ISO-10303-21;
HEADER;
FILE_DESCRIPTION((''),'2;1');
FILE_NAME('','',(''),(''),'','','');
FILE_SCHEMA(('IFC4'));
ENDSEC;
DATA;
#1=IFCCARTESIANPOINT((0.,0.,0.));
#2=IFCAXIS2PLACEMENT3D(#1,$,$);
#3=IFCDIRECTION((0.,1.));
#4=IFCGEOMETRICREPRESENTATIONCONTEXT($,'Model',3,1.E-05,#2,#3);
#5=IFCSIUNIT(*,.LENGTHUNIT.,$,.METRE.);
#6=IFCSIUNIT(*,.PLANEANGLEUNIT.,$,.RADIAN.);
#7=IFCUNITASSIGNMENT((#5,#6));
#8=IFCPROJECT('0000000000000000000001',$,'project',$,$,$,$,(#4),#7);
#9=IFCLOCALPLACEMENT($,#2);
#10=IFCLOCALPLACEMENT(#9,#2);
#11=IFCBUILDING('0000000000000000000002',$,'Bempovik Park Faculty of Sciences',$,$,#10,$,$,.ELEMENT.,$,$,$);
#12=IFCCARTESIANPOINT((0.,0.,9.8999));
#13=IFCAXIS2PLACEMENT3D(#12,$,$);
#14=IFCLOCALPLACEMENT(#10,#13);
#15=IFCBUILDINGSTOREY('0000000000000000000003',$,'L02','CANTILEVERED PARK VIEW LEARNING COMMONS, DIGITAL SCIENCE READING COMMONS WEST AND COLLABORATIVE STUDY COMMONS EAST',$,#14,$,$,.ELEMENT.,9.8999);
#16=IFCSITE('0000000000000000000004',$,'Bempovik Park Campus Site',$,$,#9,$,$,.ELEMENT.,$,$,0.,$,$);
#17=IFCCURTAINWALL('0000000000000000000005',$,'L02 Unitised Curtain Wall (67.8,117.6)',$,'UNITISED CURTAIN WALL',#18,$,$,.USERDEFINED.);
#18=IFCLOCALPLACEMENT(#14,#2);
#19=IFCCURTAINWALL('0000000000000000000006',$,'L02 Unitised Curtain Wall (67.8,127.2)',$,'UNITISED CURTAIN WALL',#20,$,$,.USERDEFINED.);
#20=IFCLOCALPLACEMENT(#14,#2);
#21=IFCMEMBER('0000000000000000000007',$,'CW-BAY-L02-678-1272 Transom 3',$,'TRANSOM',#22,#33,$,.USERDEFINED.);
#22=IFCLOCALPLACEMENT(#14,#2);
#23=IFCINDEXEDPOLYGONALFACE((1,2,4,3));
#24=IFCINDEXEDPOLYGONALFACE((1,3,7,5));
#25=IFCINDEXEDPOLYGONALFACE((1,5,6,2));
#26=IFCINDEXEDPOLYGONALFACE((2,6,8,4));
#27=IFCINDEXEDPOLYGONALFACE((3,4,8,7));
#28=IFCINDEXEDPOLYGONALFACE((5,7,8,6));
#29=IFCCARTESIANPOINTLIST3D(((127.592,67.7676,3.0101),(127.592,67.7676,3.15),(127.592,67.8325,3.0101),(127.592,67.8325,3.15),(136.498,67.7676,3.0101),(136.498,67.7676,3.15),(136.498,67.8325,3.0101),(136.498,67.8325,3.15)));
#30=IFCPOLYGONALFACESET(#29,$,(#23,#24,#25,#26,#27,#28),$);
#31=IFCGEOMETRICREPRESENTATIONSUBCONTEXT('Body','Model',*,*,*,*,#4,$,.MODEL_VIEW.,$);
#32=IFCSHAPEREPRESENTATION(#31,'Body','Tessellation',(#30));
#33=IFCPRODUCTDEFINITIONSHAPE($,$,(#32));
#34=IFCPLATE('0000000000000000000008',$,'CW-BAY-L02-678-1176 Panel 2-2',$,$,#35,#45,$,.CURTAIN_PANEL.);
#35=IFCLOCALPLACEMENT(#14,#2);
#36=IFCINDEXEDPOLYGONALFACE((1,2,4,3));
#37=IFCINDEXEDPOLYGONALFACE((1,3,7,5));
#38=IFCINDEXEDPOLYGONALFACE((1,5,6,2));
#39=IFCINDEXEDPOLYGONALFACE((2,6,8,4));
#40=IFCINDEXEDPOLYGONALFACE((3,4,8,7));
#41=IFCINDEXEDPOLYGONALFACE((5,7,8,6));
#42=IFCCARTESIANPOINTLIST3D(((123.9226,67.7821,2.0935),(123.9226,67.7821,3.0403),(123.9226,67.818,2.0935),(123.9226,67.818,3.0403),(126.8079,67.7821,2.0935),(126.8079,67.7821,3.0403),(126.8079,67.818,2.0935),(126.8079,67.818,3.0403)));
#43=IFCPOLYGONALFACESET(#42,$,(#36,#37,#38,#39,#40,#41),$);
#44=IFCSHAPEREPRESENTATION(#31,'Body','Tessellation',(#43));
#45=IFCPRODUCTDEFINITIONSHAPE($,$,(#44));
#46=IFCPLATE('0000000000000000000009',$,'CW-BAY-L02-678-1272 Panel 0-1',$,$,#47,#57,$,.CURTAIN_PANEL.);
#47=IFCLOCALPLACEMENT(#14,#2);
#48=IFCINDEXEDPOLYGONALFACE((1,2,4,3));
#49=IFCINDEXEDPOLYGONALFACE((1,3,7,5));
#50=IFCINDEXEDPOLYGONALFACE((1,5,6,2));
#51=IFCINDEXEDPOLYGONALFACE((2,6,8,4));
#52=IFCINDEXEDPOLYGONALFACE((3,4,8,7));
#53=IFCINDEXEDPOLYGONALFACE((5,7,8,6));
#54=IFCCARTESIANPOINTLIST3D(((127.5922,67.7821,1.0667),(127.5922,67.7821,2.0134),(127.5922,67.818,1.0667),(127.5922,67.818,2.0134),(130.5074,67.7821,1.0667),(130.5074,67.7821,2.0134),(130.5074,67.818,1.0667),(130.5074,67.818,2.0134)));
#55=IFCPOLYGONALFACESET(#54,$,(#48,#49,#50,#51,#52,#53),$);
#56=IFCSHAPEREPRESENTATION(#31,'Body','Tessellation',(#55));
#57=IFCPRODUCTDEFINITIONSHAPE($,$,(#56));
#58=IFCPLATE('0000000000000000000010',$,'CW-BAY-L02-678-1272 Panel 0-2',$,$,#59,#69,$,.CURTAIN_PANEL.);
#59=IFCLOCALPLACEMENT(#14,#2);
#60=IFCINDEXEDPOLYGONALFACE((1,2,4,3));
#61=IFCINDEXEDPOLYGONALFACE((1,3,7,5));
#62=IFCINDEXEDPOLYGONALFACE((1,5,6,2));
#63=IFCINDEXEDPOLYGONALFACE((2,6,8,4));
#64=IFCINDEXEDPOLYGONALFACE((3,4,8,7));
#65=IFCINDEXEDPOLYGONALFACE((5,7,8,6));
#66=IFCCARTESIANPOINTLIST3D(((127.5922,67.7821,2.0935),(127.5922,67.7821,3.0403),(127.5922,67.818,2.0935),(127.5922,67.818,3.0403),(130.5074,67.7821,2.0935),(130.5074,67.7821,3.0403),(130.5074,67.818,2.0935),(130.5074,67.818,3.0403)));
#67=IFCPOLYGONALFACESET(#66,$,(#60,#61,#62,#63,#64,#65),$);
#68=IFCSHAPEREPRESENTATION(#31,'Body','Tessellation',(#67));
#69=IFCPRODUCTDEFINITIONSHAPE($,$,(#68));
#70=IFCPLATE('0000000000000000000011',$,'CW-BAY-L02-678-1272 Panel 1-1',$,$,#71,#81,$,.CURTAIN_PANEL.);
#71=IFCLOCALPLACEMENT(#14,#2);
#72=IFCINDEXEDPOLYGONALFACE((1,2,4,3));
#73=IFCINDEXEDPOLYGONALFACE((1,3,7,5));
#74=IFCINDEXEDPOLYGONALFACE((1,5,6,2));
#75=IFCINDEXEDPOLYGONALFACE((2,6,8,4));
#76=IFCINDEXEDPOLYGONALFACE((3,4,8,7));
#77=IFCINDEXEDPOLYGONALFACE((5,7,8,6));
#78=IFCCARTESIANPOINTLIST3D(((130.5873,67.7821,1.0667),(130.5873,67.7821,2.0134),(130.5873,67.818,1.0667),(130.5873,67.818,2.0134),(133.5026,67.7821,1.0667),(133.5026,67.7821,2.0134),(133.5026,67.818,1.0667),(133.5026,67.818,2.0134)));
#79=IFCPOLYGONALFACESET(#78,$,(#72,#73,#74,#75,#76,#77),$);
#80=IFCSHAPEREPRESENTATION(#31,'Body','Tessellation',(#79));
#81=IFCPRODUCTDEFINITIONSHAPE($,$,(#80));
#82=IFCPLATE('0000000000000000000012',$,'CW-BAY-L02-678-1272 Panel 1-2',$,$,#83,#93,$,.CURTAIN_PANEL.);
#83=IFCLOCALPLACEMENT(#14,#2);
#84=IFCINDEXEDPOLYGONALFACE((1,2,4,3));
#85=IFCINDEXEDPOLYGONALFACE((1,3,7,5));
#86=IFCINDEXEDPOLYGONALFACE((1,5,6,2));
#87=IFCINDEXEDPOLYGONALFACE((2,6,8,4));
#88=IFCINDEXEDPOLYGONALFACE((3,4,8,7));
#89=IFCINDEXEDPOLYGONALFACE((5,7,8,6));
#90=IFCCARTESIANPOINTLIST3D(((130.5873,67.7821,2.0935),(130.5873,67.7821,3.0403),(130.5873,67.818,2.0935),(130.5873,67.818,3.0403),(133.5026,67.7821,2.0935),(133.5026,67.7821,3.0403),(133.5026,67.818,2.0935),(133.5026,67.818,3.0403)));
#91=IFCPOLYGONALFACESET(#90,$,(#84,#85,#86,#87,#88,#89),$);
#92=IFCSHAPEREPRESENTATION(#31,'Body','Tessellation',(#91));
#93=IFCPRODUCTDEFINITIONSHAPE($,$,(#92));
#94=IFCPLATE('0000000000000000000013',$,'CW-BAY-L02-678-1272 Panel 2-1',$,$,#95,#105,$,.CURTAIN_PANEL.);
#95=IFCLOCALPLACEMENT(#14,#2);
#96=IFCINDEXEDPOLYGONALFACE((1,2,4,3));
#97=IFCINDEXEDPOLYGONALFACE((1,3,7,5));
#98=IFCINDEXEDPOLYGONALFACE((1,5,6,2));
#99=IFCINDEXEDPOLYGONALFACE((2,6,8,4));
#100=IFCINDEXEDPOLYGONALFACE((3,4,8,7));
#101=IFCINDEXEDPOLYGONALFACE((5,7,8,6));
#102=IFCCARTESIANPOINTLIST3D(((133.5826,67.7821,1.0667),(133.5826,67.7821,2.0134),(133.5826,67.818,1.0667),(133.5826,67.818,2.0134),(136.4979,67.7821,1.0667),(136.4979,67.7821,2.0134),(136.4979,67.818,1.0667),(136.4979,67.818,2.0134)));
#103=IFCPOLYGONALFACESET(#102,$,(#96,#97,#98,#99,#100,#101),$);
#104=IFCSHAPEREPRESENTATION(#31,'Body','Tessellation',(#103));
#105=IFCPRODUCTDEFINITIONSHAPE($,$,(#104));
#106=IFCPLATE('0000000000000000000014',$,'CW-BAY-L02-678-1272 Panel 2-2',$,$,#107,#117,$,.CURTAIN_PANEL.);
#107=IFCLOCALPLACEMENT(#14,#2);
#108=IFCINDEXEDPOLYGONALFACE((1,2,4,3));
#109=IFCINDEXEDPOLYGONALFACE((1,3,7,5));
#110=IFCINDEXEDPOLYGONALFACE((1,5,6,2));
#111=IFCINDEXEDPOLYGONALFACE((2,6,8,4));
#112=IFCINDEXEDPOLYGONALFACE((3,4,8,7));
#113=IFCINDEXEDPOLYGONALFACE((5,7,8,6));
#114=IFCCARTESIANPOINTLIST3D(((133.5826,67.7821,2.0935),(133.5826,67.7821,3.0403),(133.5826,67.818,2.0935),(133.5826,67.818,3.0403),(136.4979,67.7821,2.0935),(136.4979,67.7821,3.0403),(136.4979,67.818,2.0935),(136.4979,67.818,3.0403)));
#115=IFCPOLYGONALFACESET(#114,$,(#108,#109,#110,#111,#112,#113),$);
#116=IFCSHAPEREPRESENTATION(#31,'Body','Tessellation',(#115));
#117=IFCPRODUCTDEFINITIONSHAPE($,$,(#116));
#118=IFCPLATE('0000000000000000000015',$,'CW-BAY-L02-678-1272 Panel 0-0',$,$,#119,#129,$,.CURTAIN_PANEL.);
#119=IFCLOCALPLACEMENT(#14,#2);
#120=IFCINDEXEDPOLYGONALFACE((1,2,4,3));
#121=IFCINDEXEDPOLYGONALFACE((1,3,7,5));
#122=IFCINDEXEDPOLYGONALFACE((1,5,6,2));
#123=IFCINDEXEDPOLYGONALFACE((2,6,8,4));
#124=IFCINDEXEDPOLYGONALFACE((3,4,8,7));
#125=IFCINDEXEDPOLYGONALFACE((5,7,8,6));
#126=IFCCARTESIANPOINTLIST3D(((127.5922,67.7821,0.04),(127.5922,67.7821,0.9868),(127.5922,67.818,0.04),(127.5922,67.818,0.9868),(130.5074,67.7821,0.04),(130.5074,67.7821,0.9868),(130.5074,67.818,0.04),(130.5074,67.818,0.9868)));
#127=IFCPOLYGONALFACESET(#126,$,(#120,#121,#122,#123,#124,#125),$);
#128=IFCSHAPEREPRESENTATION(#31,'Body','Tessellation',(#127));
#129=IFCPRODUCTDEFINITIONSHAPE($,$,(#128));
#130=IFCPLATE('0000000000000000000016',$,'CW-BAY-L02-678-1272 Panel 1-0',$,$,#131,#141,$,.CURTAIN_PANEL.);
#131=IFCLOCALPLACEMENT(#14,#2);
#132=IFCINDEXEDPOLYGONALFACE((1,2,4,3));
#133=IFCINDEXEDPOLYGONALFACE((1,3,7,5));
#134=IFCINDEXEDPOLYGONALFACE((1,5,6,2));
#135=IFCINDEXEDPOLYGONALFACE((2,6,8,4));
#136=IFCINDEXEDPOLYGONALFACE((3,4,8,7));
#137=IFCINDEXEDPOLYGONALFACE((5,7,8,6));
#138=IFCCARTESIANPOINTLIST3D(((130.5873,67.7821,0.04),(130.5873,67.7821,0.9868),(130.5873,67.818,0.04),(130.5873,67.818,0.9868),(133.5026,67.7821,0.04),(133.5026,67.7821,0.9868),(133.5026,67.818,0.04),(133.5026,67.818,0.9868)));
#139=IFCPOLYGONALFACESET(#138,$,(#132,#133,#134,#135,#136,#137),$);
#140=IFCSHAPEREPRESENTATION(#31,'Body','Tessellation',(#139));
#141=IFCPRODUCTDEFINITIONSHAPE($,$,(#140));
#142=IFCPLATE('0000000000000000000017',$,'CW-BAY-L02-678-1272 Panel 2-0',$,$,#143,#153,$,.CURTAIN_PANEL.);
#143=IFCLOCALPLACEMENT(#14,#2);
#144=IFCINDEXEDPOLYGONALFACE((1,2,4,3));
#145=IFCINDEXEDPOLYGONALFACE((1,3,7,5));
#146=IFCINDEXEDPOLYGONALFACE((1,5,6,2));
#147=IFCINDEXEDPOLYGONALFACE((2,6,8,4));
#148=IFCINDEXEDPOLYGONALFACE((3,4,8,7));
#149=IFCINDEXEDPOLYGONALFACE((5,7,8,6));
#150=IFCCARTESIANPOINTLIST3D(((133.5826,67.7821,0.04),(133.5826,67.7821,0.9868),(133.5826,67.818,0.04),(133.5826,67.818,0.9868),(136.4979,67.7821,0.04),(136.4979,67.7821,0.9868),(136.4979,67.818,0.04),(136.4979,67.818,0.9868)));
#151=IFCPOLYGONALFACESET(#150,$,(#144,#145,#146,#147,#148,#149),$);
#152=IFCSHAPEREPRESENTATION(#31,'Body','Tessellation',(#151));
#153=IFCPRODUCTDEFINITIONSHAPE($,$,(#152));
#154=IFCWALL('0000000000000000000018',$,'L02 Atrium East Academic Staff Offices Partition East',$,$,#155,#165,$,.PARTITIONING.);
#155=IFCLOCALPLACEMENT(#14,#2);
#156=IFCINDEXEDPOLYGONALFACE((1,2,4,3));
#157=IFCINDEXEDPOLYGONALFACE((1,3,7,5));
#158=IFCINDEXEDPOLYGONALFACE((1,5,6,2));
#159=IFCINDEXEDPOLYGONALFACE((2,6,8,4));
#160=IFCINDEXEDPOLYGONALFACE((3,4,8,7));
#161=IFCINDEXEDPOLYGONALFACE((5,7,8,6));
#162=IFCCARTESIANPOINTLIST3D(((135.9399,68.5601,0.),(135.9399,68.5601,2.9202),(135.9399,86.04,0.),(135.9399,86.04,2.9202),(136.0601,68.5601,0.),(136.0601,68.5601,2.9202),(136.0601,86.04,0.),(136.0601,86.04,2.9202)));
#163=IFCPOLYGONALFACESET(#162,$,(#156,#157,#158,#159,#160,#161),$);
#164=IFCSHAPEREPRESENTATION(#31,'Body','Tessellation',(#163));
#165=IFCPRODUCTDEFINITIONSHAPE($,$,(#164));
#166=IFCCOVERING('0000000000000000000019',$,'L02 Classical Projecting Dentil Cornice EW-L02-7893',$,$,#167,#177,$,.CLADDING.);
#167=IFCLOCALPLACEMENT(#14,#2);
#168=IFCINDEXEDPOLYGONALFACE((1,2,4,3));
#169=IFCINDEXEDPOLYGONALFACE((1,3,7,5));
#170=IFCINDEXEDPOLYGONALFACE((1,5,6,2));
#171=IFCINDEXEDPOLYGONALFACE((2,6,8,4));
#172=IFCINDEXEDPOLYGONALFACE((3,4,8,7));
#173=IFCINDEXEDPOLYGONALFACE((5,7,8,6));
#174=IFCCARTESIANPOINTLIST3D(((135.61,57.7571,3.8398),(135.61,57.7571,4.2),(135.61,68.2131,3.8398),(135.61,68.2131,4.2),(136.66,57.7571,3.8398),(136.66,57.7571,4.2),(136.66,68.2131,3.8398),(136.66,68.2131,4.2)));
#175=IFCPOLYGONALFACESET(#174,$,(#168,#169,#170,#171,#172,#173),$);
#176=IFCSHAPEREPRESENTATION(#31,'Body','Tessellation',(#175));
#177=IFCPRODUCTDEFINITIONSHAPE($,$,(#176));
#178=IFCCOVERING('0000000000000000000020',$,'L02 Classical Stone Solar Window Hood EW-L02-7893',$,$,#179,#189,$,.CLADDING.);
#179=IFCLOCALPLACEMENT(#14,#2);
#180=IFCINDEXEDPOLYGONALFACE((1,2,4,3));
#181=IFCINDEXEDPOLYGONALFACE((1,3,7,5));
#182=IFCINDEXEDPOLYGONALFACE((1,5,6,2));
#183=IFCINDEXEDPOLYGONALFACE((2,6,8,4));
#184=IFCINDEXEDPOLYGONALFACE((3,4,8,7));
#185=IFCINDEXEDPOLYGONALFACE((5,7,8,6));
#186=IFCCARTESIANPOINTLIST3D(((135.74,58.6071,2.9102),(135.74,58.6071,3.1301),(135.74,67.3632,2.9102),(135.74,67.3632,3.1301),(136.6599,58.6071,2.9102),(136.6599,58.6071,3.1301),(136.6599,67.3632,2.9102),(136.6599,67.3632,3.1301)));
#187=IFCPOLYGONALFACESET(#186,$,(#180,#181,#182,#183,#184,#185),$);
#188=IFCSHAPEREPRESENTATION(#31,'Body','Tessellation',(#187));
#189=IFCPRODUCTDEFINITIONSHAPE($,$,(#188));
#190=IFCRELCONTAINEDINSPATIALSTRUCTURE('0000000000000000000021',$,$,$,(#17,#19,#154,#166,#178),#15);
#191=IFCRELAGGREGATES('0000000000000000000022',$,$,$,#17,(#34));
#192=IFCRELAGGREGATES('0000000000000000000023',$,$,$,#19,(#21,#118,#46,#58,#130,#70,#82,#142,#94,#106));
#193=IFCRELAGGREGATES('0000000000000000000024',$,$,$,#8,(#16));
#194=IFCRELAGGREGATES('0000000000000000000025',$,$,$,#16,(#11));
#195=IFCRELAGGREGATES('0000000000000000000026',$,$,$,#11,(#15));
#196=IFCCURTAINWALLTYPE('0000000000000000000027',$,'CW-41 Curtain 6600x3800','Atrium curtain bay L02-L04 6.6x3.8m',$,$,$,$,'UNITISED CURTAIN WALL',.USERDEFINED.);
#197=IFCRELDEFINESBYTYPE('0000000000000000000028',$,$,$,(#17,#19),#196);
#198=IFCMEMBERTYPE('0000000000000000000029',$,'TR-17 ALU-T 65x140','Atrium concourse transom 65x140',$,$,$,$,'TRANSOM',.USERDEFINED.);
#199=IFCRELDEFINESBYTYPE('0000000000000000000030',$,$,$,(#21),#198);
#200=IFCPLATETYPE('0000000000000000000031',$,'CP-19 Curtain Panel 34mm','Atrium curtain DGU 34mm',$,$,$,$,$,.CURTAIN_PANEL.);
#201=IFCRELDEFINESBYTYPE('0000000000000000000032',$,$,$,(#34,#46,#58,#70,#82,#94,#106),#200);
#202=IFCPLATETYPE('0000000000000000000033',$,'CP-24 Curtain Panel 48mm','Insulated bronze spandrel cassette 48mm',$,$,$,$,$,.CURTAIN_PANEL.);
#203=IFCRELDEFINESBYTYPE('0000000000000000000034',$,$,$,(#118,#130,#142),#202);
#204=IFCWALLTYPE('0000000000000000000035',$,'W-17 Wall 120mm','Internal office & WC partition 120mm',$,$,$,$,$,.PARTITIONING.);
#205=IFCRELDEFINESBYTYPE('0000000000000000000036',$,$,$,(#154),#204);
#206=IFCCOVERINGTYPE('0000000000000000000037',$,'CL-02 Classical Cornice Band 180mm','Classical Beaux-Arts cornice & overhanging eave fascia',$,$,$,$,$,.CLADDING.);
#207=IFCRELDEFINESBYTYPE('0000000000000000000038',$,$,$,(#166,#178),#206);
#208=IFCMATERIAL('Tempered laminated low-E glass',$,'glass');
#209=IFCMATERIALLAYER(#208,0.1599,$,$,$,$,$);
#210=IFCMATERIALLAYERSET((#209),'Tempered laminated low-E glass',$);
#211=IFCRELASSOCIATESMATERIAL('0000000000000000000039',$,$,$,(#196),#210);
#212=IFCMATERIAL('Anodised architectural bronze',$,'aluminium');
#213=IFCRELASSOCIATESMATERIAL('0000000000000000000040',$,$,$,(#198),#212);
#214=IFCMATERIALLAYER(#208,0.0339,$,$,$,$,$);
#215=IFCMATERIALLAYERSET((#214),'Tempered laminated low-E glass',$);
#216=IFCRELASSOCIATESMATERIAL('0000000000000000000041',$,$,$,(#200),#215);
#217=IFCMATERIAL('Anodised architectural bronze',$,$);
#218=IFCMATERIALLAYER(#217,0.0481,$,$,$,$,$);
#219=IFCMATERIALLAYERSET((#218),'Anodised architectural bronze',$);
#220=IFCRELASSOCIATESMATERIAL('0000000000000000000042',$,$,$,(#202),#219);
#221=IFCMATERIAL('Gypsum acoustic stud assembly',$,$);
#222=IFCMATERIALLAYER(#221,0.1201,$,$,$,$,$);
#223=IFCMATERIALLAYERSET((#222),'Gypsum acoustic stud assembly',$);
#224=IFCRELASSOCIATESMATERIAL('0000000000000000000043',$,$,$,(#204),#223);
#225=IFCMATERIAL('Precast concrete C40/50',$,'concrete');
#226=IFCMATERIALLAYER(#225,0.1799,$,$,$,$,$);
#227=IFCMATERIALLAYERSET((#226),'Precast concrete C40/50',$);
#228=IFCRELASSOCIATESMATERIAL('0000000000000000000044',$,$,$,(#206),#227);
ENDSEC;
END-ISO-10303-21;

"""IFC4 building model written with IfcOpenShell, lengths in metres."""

from ifc_helpers import new_model, si_unit, direction, frame, frame_2d, origin, origin_2d, place, context, subcontext, project, spatial, rectangle, extrude, material, layer, layer_set, material_profile, profile_set, type_object, element, aggregate, save


model = new_model("IFC4")

# Units and contexts
model_context = context("Model", 3, precision=1e-05, world=origin(), true_north=direction((0.0, 1.0)))
body_context = subcontext(model_context, "Body", "Model", "MODEL_VIEW")
ifc_project = project(units=[si_unit("LENGTHUNIT", "METRE"), si_unit("PLANEANGLEUNIT", "RADIAN")], contexts=[model_context])

# Site, building, storey
site_placement = place(None, origin())
site = spatial("IfcSite", under=ifc_project, at=site_placement, Name="Bempovik Park Campus Site", CompositionType="ELEMENT", RefElevation=0.0)
building_placement = place(site_placement, origin())
building = spatial("IfcBuilding", under=site, at=building_placement, Name="Bempovik Park Faculty of Sciences", CompositionType="ELEMENT")
storey_placement = place(building_placement, frame((0.0, 0.0, 9.8999)))
storey = spatial("IfcBuildingStorey", under=building, at=storey_placement, Name="L02", Description="CANTILEVERED PARK VIEW LEARNING COMMONS, DIGITAL SCIENCE READING COMMONS WEST AND COLLABORATIVE STUDY COMMONS EAST", CompositionType="ELEMENT", Elevation=9.8999)

# Curtain wall
ifc_material_1 = material(Name="Tempered laminated low-E glass", Category="glass")
ifc_layer_1 = layer(ifc_material_1, 0.1599)
ifc_layer_set_1 = layer_set([ifc_layer_1], Name="Tempered laminated low-E glass")
curtain_wall_type = type_object("IfcCurtainWallType", Name="CW-41 Curtain 6600x3800", Description="Atrium curtain bay L02-L04 6.6x3.8m", ElementType="UNITISED CURTAIN WALL", PredefinedType="USERDEFINED", material=ifc_layer_set_1)
curtain_wall_1_placement = place(storey_placement, origin())
curtain_wall_1 = element("IfcCurtainWall", 1, at=curtain_wall_1_placement, inside=storey, type_object=curtain_wall_type, Name="L02 Unitised Curtain Wall (67.8,117.6)", ObjectType="UNITISED CURTAIN WALL", PredefinedType="USERDEFINED")
ifc_material_2 = material(Name="Anodised architectural bronze", Category="aluminium")

# Curtain wall, member
curtain_wall_2_placement = place(storey_placement, origin())
curtain_wall_2 = element("IfcCurtainWall", 2, at=curtain_wall_2_placement, inside=storey, type_object=curtain_wall_type, Name="L02 Unitised Curtain Wall (67.8,127.2)", ObjectType="UNITISED CURTAIN WALL", PredefinedType="USERDEFINED")
ifc_material_profile_1 = material_profile(ifc_material_2, rectangle(XDim=0.0649, YDim=0.1399, at=origin_2d()), Name="ALU-T 65x140")
ifc_profile_set_1 = profile_set([ifc_material_profile_1], Name="Anodised architectural bronze")
member_type_1 = type_object("IfcMemberType", Name="TR-17 ALU-T 65x140", Description="Atrium concourse transom 65x140", ElementType="TRANSOM", PredefinedType="USERDEFINED", material=ifc_profile_set_1)
member_1_placement = place(storey_placement, frame((127.592, 67.8, 3.0801), z_axis=(1.0, 0.0, 0.0), x_axis=(0.0, 1.0, 0.0)))
member_1 = element("IfcMember", 3, at=member_1_placement, type_object=member_type_1, Name="CW-BAY-L02-678-1272 Transom 3", ObjectType="TRANSOM", PredefinedType="USERDEFINED", context=body_context, shape_type="SweptSolid", body=[
    extrude(rectangle(XDim=0.0649, YDim=0.1399, at=origin_2d()), origin(), (0.0, 0.0, 1.0), 8.906),
])

# Plates
ifc_layer_2 = layer(ifc_material_1, 0.0339)
ifc_layer_set_2 = layer_set([ifc_layer_2], Name="Tempered laminated low-E glass")
plate_type_1 = type_object("IfcPlateType", Name="CP-19 Curtain Panel 34mm", Description="Atrium curtain DGU 34mm", PredefinedType="CURTAIN_PANEL", material=ifc_layer_set_2)
plate_1_placement = place(storey_placement, frame((125.3652, 67.8, 2.0935), z_axis=(0.0, 0.0, 1.0), x_axis=(1.0, 0.0, 0.0)))
plate_1 = element("IfcPlate", 4, at=plate_1_placement, type_object=plate_type_1, Name="CW-BAY-L02-678-1176 Panel 2-2", PredefinedType="CURTAIN_PANEL", context=body_context, shape_type="SweptSolid", body=[
    extrude(rectangle(XDim=2.8853, YDim=0.0359, at=origin_2d()), origin(), (0.0, 0.0, 1.0), 0.9468),
])
aggregate(curtain_wall_1, [plate_1])
plate_2_placement = place(storey_placement, frame((129.0498, 67.8, 1.0667), z_axis=(0.0, 0.0, 1.0), x_axis=(1.0, 0.0, 0.0)))
plate_2 = element("IfcPlate", 5, at=plate_2_placement, type_object=plate_type_1, Name="CW-BAY-L02-678-1272 Panel 0-1", PredefinedType="CURTAIN_PANEL", context=body_context, shape_type="SweptSolid", body=[
    extrude(rectangle(XDim=2.9153, YDim=0.0359, at=origin_2d()), origin(), (0.0, 0.0, 1.0), 0.9468),
])
plate_3_placement = place(storey_placement, frame((129.0498, 67.8, 2.0935), z_axis=(0.0, 0.0, 1.0), x_axis=(1.0, 0.0, 0.0)))
plate_3 = element("IfcPlate", 6, at=plate_3_placement, type_object=plate_type_1, Name="CW-BAY-L02-678-1272 Panel 0-2", PredefinedType="CURTAIN_PANEL", context=body_context, shape_type="SweptSolid", body=[
    extrude(rectangle(XDim=2.9153, YDim=0.0359, at=origin_2d()), origin(), (0.0, 0.0, 1.0), 0.9468),
])
plate_4_placement = place(storey_placement, frame((132.0449, 67.8, 1.0667), z_axis=(0.0, 0.0, 1.0), x_axis=(1.0, 0.0, 0.0)))
plate_4 = element("IfcPlate", 7, at=plate_4_placement, type_object=plate_type_1, Name="CW-BAY-L02-678-1272 Panel 1-1", PredefinedType="CURTAIN_PANEL", context=body_context, shape_type="SweptSolid", body=[
    extrude(rectangle(XDim=2.9153, YDim=0.0359, at=origin_2d()), origin(), (0.0, 0.0, 1.0), 0.9468),
])
plate_5_placement = place(storey_placement, frame((132.0449, 67.8, 2.0935), z_axis=(0.0, 0.0, 1.0), x_axis=(1.0, 0.0, 0.0)))
plate_5 = element("IfcPlate", 8, at=plate_5_placement, type_object=plate_type_1, Name="CW-BAY-L02-678-1272 Panel 1-2", PredefinedType="CURTAIN_PANEL", context=body_context, shape_type="SweptSolid", body=[
    extrude(rectangle(XDim=2.9153, YDim=0.0359, at=origin_2d()), origin(), (0.0, 0.0, 1.0), 0.9468),
])
plate_6_placement = place(storey_placement, frame((135.0403, 67.8, 1.0667), z_axis=(0.0, 0.0, 1.0), x_axis=(1.0, 0.0, 0.0)))
plate_6 = element("IfcPlate", 9, at=plate_6_placement, type_object=plate_type_1, Name="CW-BAY-L02-678-1272 Panel 2-1", PredefinedType="CURTAIN_PANEL", context=body_context, shape_type="SweptSolid", body=[
    extrude(rectangle(XDim=2.9153, YDim=0.0359, at=origin_2d()), origin(), (0.0, 0.0, 1.0), 0.9468),
])
plate_7_placement = place(storey_placement, frame((135.0403, 67.8, 2.0935), z_axis=(0.0, 0.0, 1.0), x_axis=(1.0, 0.0, 0.0)))
plate_7 = element("IfcPlate", 10, at=plate_7_placement, type_object=plate_type_1, Name="CW-BAY-L02-678-1272 Panel 2-2", PredefinedType="CURTAIN_PANEL", context=body_context, shape_type="SweptSolid", body=[
    extrude(rectangle(XDim=2.9153, YDim=0.0359, at=origin_2d()), origin(), (0.0, 0.0, 1.0), 0.9468),
])
ifc_material_3 = material(Name="Anodised architectural bronze")
ifc_layer_3 = layer(ifc_material_3, 0.0481)
ifc_layer_set_3 = layer_set([ifc_layer_3], Name="Anodised architectural bronze")
plate_type_2 = type_object("IfcPlateType", Name="CP-24 Curtain Panel 48mm", Description="Insulated bronze spandrel cassette 48mm", PredefinedType="CURTAIN_PANEL", material=ifc_layer_set_3)
plate_8_placement = place(storey_placement, frame((129.0498, 67.8, 0.04), z_axis=(0.0, 0.0, 1.0), x_axis=(1.0, 0.0, 0.0)))
plate_8 = element("IfcPlate", 11, at=plate_8_placement, type_object=plate_type_2, Name="CW-BAY-L02-678-1272 Panel 0-0", PredefinedType="CURTAIN_PANEL", context=body_context, shape_type="SweptSolid", body=[
    extrude(rectangle(XDim=2.9153, YDim=0.0359, at=origin_2d()), origin(), (0.0, 0.0, 1.0), 0.9468),
])
plate_9_placement = place(storey_placement, frame((132.0449, 67.8, 0.04), z_axis=(0.0, 0.0, 1.0), x_axis=(1.0, 0.0, 0.0)))
plate_9 = element("IfcPlate", 12, at=plate_9_placement, type_object=plate_type_2, Name="CW-BAY-L02-678-1272 Panel 1-0", PredefinedType="CURTAIN_PANEL", context=body_context, shape_type="SweptSolid", body=[
    extrude(rectangle(XDim=2.9153, YDim=0.0359, at=origin_2d()), origin(), (0.0, 0.0, 1.0), 0.9468),
])
plate_10_placement = place(storey_placement, frame((135.0403, 67.8, 0.04), z_axis=(0.0, 0.0, 1.0), x_axis=(1.0, 0.0, 0.0)))
plate_10 = element("IfcPlate", 13, at=plate_10_placement, type_object=plate_type_2, Name="CW-BAY-L02-678-1272 Panel 2-0", PredefinedType="CURTAIN_PANEL", context=body_context, shape_type="SweptSolid", body=[
    extrude(rectangle(XDim=2.9153, YDim=0.0359, at=origin_2d()), origin(), (0.0, 0.0, 1.0), 0.9468),
])
aggregate(curtain_wall_2, [member_1, plate_8, plate_2, plate_3, plate_9, plate_4, plate_5, plate_10, plate_6, plate_7])

# Wall
ifc_material_4 = material(Name="Gypsum acoustic stud assembly")
ifc_layer_4 = layer(ifc_material_4, 0.1201)
ifc_layer_set_4 = layer_set([ifc_layer_4], Name="Gypsum acoustic stud assembly")
wall_type = type_object("IfcWallType", Name="W-17 Wall 120mm", Description="Internal office & WC partition 120mm", PredefinedType="PARTITIONING", material=ifc_layer_set_4)
wall_placement = place(storey_placement, frame((136.0, 68.5601, 0.0), z_axis=(0.0, 0.0, 1.0), x_axis=(0.0, 1.0, 0.0)))
element("IfcWall", 14, at=wall_placement, inside=storey, type_object=wall_type, Name="L02 Atrium East Academic Staff Offices Partition East", PredefinedType="PARTITIONING", context=body_context, shape_type="SweptSolid", body=[
    extrude(rectangle(XDim=17.48, YDim=0.1201, at=frame_2d((8.74, 0.0))), origin(), (0.0, 0.0, 1.0), 2.9202),
])

# Coverings
ifc_material_5 = material(Name="Precast concrete C40/50", Category="concrete")
ifc_layer_5 = layer(ifc_material_5, 0.1799)
ifc_layer_set_5 = layer_set([ifc_layer_5], Name="Precast concrete C40/50")
covering_type_1 = type_object("IfcCoveringType", Name="CL-02 Classical Cornice Band 180mm", Description="Classical Beaux-Arts cornice & overhanging eave fascia", PredefinedType="CLADDING", material=ifc_layer_set_5)
covering_1_placement = place(storey_placement, frame((136.135, 62.9851, 3.8398), z_axis=(0.0, 0.0, 1.0), x_axis=(1.0, 0.0, 0.0)))
element("IfcCovering", 15, at=covering_1_placement, inside=storey, type_object=covering_type_1, Name="L02 Classical Projecting Dentil Cornice EW-L02-7893", PredefinedType="CLADDING", context=body_context, shape_type="SweptSolid", body=[
    extrude(rectangle(XDim=1.05, YDim=10.4561, at=origin_2d()), origin(), (0.0, 0.0, 1.0), 0.3601),
])
covering_2_placement = place(storey_placement, frame((136.2, 62.9851, 2.9102), z_axis=(0.0, 0.0, 1.0), x_axis=(1.0, 0.0, 0.0)))
element("IfcCovering", 16, at=covering_2_placement, inside=storey, type_object=covering_type_1, Name="L02 Classical Stone Solar Window Hood EW-L02-7893", PredefinedType="CLADDING", context=body_context, shape_type="SweptSolid", body=[
    extrude(rectangle(XDim=0.9199, YDim=8.7561, at=origin_2d()), origin(), (0.0, 0.0, 1.0), 0.22),
])

save(model, "model.ifc")
